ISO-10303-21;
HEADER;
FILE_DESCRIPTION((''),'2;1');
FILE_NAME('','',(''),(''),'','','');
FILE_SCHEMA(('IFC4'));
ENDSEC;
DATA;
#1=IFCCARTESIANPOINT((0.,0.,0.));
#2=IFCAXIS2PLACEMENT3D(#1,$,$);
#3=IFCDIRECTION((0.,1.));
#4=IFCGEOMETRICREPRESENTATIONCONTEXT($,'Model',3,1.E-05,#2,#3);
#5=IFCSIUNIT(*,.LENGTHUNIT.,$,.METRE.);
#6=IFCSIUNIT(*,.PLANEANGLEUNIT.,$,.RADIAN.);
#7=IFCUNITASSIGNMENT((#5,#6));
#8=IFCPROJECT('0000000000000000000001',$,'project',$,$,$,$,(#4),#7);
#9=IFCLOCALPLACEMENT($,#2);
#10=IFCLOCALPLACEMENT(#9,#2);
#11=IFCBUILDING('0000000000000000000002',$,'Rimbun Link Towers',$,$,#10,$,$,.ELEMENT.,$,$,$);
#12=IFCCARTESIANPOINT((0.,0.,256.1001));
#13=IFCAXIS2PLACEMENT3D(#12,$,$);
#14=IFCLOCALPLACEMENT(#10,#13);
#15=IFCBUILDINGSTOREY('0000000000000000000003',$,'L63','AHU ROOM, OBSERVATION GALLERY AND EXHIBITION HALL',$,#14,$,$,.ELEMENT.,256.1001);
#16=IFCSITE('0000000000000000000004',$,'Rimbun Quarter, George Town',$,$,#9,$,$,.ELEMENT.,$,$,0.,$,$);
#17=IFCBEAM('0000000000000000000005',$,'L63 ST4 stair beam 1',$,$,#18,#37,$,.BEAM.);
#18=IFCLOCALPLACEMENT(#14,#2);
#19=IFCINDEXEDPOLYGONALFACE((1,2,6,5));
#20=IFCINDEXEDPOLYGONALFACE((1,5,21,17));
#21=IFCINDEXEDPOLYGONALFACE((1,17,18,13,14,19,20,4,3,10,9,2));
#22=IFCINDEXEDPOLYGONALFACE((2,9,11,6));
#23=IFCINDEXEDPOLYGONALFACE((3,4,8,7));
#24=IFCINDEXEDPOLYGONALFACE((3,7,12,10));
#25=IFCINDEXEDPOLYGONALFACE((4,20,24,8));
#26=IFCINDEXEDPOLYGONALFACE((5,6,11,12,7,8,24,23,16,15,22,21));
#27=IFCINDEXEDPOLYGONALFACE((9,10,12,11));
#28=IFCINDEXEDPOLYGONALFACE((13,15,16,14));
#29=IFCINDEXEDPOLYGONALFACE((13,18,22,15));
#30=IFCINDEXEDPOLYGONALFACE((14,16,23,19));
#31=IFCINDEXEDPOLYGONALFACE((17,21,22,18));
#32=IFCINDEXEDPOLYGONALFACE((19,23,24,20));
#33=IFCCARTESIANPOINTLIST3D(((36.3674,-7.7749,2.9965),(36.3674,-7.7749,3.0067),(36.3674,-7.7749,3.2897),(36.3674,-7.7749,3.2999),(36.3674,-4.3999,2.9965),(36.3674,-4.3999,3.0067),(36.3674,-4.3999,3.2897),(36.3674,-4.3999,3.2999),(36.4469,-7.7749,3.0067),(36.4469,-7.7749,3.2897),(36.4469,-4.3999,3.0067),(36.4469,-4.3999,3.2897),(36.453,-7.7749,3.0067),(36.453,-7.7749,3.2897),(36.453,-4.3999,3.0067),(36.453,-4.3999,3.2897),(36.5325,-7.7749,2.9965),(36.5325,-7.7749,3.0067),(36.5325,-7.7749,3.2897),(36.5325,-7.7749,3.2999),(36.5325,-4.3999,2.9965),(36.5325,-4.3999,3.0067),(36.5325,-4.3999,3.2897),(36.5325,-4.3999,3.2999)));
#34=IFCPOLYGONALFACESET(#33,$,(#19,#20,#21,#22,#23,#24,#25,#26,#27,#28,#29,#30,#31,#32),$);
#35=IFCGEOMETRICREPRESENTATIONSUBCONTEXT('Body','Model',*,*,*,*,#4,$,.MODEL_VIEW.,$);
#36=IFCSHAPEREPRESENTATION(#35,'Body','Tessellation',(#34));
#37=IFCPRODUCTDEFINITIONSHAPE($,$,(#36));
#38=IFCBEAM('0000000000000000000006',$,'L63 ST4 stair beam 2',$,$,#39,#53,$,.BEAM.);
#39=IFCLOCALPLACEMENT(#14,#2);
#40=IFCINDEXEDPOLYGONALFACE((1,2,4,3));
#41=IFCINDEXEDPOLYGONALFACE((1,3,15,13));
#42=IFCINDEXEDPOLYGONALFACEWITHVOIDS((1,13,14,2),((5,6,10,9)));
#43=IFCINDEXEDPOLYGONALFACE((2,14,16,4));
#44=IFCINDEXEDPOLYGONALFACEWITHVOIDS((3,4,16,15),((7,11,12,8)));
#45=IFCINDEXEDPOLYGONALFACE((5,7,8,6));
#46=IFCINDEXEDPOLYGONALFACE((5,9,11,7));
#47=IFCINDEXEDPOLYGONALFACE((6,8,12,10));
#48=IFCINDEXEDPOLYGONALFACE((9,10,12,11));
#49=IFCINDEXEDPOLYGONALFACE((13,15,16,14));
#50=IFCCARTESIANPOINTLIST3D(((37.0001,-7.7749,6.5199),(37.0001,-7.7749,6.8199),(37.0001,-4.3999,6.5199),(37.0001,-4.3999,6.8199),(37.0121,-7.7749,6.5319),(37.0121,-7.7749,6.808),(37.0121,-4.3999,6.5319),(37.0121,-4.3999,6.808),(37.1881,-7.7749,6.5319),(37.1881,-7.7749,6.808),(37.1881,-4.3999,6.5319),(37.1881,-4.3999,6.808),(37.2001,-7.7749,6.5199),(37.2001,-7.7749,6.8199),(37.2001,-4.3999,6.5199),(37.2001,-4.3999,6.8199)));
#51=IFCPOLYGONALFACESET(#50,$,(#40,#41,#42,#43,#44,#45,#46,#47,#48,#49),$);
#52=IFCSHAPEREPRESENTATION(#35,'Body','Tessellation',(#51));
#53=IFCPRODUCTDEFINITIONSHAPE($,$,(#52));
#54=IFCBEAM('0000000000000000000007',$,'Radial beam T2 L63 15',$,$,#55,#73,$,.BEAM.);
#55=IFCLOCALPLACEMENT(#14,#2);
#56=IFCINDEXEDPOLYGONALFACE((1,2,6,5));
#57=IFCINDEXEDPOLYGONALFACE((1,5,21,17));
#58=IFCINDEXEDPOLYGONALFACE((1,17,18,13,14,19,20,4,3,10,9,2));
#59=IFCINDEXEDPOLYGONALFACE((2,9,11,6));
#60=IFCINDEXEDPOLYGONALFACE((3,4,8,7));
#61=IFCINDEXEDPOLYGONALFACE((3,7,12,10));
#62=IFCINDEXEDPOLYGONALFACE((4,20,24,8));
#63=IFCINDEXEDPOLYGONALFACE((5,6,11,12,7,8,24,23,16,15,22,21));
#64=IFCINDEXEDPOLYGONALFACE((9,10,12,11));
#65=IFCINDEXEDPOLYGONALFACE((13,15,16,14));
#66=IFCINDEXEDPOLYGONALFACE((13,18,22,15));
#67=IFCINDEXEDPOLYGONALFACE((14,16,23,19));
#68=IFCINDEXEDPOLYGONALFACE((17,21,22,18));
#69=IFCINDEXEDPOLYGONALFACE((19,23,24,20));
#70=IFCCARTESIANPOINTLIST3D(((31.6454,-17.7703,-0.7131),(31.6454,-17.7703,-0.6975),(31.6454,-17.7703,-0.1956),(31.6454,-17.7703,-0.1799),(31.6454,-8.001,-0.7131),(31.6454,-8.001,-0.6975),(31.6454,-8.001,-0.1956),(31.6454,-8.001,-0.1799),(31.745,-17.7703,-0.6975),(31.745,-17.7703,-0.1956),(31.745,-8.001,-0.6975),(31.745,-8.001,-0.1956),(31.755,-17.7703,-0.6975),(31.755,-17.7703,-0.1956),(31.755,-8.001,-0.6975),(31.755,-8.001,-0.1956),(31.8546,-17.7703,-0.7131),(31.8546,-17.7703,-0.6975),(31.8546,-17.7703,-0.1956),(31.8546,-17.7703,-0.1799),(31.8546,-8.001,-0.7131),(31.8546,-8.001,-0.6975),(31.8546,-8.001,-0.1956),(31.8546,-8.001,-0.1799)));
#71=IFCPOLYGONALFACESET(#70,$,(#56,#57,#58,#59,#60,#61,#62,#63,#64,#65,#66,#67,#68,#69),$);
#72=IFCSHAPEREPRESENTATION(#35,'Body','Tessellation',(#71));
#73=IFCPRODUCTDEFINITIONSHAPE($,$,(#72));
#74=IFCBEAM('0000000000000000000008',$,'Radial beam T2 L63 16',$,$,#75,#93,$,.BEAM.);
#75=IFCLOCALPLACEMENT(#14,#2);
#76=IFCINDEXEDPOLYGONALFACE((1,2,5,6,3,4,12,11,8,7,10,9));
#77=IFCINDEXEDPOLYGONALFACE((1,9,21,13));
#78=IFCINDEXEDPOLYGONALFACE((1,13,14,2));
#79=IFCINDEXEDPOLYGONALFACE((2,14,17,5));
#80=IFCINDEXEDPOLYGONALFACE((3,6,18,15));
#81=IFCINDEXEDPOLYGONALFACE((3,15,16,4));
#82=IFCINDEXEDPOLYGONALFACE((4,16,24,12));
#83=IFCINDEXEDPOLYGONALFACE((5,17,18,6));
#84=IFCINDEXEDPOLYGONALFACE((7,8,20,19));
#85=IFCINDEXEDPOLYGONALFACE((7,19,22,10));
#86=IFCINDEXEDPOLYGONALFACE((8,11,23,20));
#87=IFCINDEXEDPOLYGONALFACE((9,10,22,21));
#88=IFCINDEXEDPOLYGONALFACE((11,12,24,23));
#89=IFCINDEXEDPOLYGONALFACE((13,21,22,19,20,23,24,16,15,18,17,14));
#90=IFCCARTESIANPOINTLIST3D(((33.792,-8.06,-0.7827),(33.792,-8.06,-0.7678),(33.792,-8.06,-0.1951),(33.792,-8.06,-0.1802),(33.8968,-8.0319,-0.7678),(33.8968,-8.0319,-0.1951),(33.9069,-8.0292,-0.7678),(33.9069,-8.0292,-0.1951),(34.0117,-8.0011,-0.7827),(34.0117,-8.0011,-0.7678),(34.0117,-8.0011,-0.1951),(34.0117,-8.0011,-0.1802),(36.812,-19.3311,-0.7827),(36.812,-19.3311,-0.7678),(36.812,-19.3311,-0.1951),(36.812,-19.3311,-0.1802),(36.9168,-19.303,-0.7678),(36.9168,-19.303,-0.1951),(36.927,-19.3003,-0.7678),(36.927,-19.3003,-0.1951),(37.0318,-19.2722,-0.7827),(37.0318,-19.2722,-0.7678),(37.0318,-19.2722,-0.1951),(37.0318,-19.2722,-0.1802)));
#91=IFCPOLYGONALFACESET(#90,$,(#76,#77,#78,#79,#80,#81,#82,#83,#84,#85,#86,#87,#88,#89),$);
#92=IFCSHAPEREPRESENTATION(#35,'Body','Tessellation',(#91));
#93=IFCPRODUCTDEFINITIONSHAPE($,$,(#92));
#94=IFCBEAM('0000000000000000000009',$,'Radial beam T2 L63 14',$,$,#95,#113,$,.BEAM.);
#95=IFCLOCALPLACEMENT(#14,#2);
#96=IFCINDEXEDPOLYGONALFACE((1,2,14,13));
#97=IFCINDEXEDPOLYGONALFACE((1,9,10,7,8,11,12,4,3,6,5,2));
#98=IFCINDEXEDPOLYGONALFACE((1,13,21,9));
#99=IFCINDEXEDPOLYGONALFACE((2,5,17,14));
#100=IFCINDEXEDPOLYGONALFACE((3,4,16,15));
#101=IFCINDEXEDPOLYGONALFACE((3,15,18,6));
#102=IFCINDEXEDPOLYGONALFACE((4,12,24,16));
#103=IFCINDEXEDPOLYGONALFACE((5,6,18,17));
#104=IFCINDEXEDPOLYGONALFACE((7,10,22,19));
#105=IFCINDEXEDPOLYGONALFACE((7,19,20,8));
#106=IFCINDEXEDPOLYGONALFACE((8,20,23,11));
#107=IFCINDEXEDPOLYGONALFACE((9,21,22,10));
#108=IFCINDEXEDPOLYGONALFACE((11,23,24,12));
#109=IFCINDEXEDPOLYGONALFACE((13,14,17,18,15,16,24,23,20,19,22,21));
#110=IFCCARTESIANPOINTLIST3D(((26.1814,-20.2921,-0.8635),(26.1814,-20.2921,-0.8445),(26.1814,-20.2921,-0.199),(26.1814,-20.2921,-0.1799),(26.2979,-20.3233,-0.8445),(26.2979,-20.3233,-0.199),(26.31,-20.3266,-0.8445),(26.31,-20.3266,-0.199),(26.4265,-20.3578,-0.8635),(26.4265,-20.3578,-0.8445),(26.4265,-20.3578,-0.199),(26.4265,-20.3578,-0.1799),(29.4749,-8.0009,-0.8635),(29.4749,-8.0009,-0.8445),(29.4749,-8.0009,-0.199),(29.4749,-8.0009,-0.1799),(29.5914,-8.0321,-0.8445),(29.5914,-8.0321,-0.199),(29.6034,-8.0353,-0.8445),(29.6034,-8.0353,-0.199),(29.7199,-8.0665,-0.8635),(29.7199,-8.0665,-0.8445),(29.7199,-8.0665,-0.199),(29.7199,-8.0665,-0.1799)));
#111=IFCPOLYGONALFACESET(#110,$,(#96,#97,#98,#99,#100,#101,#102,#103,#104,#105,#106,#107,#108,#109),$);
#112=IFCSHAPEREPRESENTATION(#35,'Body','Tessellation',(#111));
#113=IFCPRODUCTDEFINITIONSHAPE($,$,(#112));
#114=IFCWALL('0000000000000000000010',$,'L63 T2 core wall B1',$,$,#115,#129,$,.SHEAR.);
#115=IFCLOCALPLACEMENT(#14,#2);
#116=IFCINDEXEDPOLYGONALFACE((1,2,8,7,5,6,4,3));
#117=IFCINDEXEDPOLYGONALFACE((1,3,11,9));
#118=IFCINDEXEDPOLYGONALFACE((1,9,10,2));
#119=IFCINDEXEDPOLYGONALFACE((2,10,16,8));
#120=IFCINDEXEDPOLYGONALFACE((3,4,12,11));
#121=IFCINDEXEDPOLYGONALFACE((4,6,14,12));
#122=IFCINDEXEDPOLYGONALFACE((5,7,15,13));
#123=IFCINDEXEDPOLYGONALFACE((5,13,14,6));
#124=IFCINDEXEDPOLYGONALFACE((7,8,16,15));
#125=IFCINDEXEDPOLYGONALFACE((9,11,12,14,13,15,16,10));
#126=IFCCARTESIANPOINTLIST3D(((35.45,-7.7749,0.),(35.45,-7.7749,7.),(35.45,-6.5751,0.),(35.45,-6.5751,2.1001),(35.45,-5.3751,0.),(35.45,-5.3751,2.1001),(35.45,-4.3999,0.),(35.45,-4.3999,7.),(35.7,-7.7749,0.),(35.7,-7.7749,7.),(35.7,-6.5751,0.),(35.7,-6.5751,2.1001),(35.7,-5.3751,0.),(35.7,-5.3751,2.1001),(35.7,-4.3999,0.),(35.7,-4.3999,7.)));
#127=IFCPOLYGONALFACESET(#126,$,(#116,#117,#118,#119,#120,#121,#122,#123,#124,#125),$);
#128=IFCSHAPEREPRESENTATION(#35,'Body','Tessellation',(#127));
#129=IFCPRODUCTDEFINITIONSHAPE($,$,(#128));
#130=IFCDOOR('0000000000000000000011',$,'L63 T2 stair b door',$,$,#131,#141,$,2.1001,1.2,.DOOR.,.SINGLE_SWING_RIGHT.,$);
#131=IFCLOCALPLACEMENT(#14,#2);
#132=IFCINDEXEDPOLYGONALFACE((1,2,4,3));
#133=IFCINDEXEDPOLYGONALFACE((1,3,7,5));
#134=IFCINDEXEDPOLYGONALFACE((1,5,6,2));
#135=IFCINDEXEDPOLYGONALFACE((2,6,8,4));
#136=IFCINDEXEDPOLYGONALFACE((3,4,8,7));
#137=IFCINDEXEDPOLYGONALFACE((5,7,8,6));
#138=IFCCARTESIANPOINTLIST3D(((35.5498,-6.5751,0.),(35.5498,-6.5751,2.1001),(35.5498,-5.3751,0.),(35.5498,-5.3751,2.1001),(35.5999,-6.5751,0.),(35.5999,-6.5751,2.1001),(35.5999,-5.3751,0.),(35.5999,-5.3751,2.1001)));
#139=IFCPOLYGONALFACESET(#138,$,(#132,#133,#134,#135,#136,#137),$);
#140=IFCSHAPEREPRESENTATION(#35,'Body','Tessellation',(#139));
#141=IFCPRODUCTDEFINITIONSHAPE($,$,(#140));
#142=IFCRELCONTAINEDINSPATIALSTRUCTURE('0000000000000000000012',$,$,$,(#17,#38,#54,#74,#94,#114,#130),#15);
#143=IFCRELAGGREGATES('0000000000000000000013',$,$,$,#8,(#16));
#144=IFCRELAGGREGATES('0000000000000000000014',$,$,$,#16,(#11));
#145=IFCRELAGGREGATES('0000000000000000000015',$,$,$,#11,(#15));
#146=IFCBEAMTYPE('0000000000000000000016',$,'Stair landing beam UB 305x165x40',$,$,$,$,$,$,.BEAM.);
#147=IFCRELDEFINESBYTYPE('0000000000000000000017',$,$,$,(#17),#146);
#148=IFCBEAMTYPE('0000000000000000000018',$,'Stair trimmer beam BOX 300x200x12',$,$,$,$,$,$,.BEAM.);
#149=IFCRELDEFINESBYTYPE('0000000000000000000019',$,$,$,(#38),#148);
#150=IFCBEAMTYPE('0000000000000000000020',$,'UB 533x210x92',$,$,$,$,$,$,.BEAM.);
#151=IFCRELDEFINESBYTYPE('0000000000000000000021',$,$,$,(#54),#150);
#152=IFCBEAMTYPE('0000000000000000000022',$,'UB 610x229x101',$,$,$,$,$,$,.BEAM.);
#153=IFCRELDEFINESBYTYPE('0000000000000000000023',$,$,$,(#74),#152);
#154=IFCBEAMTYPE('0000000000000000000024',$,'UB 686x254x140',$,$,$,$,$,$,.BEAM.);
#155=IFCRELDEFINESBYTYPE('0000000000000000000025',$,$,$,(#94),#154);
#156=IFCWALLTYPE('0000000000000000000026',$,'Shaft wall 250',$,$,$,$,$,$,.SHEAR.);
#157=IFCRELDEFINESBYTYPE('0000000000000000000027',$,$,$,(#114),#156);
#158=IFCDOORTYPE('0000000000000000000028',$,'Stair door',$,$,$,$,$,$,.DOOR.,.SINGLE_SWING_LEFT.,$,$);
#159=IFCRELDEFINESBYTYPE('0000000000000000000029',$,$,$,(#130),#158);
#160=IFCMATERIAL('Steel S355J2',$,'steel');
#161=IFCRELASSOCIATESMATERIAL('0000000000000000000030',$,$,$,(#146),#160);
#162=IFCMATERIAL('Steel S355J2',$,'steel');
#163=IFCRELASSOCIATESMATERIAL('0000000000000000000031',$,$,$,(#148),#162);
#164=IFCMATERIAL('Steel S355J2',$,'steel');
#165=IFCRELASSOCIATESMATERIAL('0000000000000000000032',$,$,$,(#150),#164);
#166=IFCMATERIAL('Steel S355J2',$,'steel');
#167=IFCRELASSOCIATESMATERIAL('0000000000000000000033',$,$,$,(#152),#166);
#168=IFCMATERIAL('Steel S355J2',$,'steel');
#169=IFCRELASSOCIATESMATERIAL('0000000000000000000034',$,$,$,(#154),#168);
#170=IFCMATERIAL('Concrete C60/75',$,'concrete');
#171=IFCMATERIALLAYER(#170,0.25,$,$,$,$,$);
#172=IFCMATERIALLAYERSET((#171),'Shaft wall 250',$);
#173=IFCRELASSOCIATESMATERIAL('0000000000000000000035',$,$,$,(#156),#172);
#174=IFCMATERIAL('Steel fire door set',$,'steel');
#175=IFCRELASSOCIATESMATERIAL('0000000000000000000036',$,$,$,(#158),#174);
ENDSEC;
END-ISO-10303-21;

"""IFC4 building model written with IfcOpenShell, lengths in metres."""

from ifc_helpers import new_model, si_unit, direction, frame, frame_2d, origin, origin_2d, place, context, subcontext, project, spatial, rectangle, hollow_rectangle, i_section, extrude, material, layer, layer_set, material_profile, profile_set, type_object, element, fill, save


model = new_model("IFC4")

# Units and contexts
model_context = context("Model", 3, precision=1e-05, world=origin(), true_north=direction((0.0, 1.0)))
body_context = subcontext(model_context, "Body", "Model", "MODEL_VIEW")
ifc_project = project(units=[si_unit("LENGTHUNIT", "METRE"), si_unit("PLANEANGLEUNIT", "RADIAN")], contexts=[model_context])

# Site, building, storey
site_placement = place(None, origin())
site = spatial("IfcSite", under=ifc_project, at=site_placement, Name="Rimbun Quarter, George Town", CompositionType="ELEMENT", RefElevation=0.0)
building_placement = place(site_placement, origin())
building = spatial("IfcBuilding", under=site, at=building_placement, Name="Rimbun Link Towers", CompositionType="ELEMENT")
storey_placement = place(building_placement, frame((0.0, 0.0, 256.1001)))
storey = spatial("IfcBuildingStorey", under=building, at=storey_placement, Name="L63", Description="AHU ROOM, OBSERVATION GALLERY AND EXHIBITION HALL", CompositionType="ELEMENT", Elevation=256.1001)

# Beams
ifc_material_1 = material(Name="Steel S355J2", Category="steel")
ifc_material_profile_1 = material_profile(ifc_material_1, i_section(OverallWidth=0.165, OverallDepth=0.3035, WebThickness=0.0061, FlangeThickness=0.0103, at=origin_2d()), Name="UB 305x165x40")
ifc_profile_set_1 = profile_set([ifc_material_profile_1], Name="Steel S355J2")
beam_type_1 = type_object("IfcBeamType", Name="Stair landing beam UB 305x165x40", PredefinedType="BEAM", material=ifc_profile_set_1)
beam_1_placement = place(storey_placement, frame((36.45, -7.7749, 3.1482), z_axis=(0.0, 1.0, 0.0), x_axis=(-1.0, 0.0, 0.0)))
element("IfcBeam", 1, at=beam_1_placement, inside=storey, type_object=beam_type_1, Name="L63 ST4 stair beam 1", PredefinedType="BEAM", context=body_context, shape_type="SweptSolid", body=[
    extrude(i_section(OverallWidth=0.165, OverallDepth=0.3035, WebThickness=0.0061, FlangeThickness=0.0103, at=origin_2d()), origin(), (0.0, 0.0, 1.0), 3.375),
])
ifc_material_2 = material(Name="Steel S355J2", Category="steel")
ifc_material_profile_2 = material_profile(ifc_material_2, hollow_rectangle(XDim=0.2, YDim=0.3, WallThickness=0.012, at=origin_2d()), Name="BOX 300x200x12")
ifc_profile_set_2 = profile_set([ifc_material_profile_2], Name="Steel S355J2")
beam_type_2 = type_object("IfcBeamType", Name="Stair trimmer beam BOX 300x200x12", PredefinedType="BEAM", material=ifc_profile_set_2)
beam_2_placement = place(storey_placement, frame((37.1001, -7.7749, 6.6699), z_axis=(0.0, 1.0, 0.0), x_axis=(-1.0, 0.0, 0.0)))
element("IfcBeam", 2, at=beam_2_placement, inside=storey, type_object=beam_type_2, Name="L63 ST4 stair beam 2", PredefinedType="BEAM", context=body_context, shape_type="SweptSolid", body=[
    extrude(hollow_rectangle(XDim=0.2, YDim=0.3, WallThickness=0.012, at=origin_2d()), origin(), (0.0, 0.0, 1.0), 3.375),
])
ifc_material_3 = material(Name="Steel S355J2", Category="steel")
ifc_material_profile_3 = material_profile(ifc_material_3, i_section(OverallWidth=0.2092, OverallDepth=0.5332, WebThickness=0.01, FlangeThickness=0.0156, at=origin_2d()), Name="UB 533x210x92")
ifc_profile_set_3 = profile_set([ifc_material_profile_3], Name="Steel S355J2")
beam_type_3 = type_object("IfcBeamType", Name="UB 533x210x92", PredefinedType="BEAM", material=ifc_profile_set_3)
beam_3_placement = place(storey_placement, frame((31.75, -8.001, -0.4465), z_axis=(0.0, -1.0, 0.0), x_axis=(1.0, 0.0, 0.0)))
element("IfcBeam", 3, at=beam_3_placement, inside=storey, type_object=beam_type_3, Name="Radial beam T2 L63 15", PredefinedType="BEAM", context=body_context, shape_type="SweptSolid", body=[
    extrude(i_section(OverallWidth=0.2092, OverallDepth=0.5332, WebThickness=0.01, FlangeThickness=0.0156, at=origin_2d()), origin(), (0.0, 0.0, 1.0), 9.7693),
])
ifc_material_4 = material(Name="Steel S355J2", Category="steel")
ifc_material_profile_4 = material_profile(ifc_material_4, i_section(OverallWidth=0.2275, OverallDepth=0.6025, WebThickness=0.0105, FlangeThickness=0.0149, at=origin_2d()), Name="UB 610x229x101")
ifc_profile_set_4 = profile_set([ifc_material_profile_4], Name="Steel S355J2")
beam_type_4 = type_object("IfcBeamType", Name="UB 610x229x101", PredefinedType="BEAM", material=ifc_profile_set_4)
beam_4_placement = place(storey_placement, frame((33.9019, -8.0305, -0.4814), z_axis=(0.258816, -0.965927, 0.0), x_axis=(0.965927, 0.258816, 0.0)))
element("IfcBeam", 4, at=beam_4_placement, inside=storey, type_object=beam_type_4, Name="Radial beam T2 L63 16", PredefinedType="BEAM", context=body_context, shape_type="SweptSolid", body=[
    extrude(i_section(OverallWidth=0.2275, OverallDepth=0.6025, WebThickness=0.0105, FlangeThickness=0.0149, at=origin_2d()), origin(), (0.0, 0.0, 1.0), 11.6687),
])
ifc_material_5 = material(Name="Steel S355J2", Category="steel")
ifc_material_profile_5 = material_profile(ifc_material_5, i_section(OverallWidth=0.2537, OverallDepth=0.6836, WebThickness=0.0125, FlangeThickness=0.019, at=origin_2d()), Name="UB 686x254x140")
ifc_profile_set_5 = profile_set([ifc_material_profile_5], Name="Steel S355J2")
beam_type_5 = type_object("IfcBeamType", Name="UB 686x254x140", PredefinedType="BEAM", material=ifc_profile_set_5)
beam_5_placement = place(storey_placement, frame((29.5974, -8.0337, -0.5217), z_axis=(-0.258821, -0.965925, 0.0), x_axis=(0.965925, -0.258821, 0.0)))
element("IfcBeam", 5, at=beam_5_placement, inside=storey, type_object=beam_type_5, Name="Radial beam T2 L63 14", PredefinedType="BEAM", context=body_context, shape_type="SweptSolid", body=[
    extrude(i_section(OverallWidth=0.2537, OverallDepth=0.6836, WebThickness=0.0125, FlangeThickness=0.019, at=origin_2d()), origin(), (0.0, 0.0, 1.0), 12.7249),
])

# Wall, opening, door
ifc_material_6 = material(Name="Concrete C60/75", Category="concrete")
ifc_layer = layer(ifc_material_6, 0.25)
ifc_layer_set = layer_set([ifc_layer], Name="Shaft wall 250")
wall_type = type_object("IfcWallType", Name="Shaft wall 250", PredefinedType="SHEAR", material=ifc_layer_set)
wall_1_placement = place(storey_placement, frame((35.575, -4.3999, 0.0), z_axis=(0.0, 0.0, 1.0), x_axis=(0.0, -1.0, 0.0)))
wall_1 = element("IfcWall", 6, at=wall_1_placement, inside=storey, type_object=wall_type, Name="L63 T2 core wall B1", PredefinedType="SHEAR", context=body_context, shape_type="SweptSolid", body=[
    extrude(rectangle(XDim=3.375, YDim=0.25, at=frame_2d((1.6875, 0.0))), origin(), (0.0, 0.0, 1.0), 7.0),
])
opening_1_placement = place(wall_1_placement, frame((0.9751, 0.0, 0.0)))
opening_1 = element("IfcOpeningElement", 7, at=opening_1_placement, cuts=wall_1, PredefinedType="OPENING", context=body_context, shape_type="SweptSolid", body=[
    extrude(rectangle(XDim=1.2, YDim=2.1001, at=frame_2d((0.6001, 1.05))), frame((0.0, 0.135, 0.0), z_axis=(0.0, -1.0, 0.0), x_axis=(1.0, 0.0, 0.0)), (0.0, 0.0, 1.0), 0.27),
])
ifc_material_7 = material(Name="Steel fire door set", Category="steel")
door_type_1 = type_object("IfcDoorType", Name="Stair door", OperationType="SINGLE_SWING_LEFT", PredefinedType="DOOR", material=ifc_material_7)
door_1_placement = place(opening_1_placement, origin())
door_1 = element("IfcDoor", 8, at=door_1_placement, inside=storey, type_object=door_type_1, Name="L63 T2 stair b door", OperationType="SINGLE_SWING_RIGHT", OverallHeight=2.1001, OverallWidth=1.2, PredefinedType="DOOR", context=body_context, shape_type="SweptSolid", body=[
    extrude(rectangle(XDim=1.2, YDim=2.1001, at=frame_2d((0.6001, 1.05))), frame((0.0, 0.0249, 0.0), z_axis=(0.0, -1.0, 0.0), x_axis=(1.0, 0.0, 0.0)), (0.0, 0.0, 1.0), 0.05),
])
fill(opening_1, door_1)

save(model, "model.ifc")
